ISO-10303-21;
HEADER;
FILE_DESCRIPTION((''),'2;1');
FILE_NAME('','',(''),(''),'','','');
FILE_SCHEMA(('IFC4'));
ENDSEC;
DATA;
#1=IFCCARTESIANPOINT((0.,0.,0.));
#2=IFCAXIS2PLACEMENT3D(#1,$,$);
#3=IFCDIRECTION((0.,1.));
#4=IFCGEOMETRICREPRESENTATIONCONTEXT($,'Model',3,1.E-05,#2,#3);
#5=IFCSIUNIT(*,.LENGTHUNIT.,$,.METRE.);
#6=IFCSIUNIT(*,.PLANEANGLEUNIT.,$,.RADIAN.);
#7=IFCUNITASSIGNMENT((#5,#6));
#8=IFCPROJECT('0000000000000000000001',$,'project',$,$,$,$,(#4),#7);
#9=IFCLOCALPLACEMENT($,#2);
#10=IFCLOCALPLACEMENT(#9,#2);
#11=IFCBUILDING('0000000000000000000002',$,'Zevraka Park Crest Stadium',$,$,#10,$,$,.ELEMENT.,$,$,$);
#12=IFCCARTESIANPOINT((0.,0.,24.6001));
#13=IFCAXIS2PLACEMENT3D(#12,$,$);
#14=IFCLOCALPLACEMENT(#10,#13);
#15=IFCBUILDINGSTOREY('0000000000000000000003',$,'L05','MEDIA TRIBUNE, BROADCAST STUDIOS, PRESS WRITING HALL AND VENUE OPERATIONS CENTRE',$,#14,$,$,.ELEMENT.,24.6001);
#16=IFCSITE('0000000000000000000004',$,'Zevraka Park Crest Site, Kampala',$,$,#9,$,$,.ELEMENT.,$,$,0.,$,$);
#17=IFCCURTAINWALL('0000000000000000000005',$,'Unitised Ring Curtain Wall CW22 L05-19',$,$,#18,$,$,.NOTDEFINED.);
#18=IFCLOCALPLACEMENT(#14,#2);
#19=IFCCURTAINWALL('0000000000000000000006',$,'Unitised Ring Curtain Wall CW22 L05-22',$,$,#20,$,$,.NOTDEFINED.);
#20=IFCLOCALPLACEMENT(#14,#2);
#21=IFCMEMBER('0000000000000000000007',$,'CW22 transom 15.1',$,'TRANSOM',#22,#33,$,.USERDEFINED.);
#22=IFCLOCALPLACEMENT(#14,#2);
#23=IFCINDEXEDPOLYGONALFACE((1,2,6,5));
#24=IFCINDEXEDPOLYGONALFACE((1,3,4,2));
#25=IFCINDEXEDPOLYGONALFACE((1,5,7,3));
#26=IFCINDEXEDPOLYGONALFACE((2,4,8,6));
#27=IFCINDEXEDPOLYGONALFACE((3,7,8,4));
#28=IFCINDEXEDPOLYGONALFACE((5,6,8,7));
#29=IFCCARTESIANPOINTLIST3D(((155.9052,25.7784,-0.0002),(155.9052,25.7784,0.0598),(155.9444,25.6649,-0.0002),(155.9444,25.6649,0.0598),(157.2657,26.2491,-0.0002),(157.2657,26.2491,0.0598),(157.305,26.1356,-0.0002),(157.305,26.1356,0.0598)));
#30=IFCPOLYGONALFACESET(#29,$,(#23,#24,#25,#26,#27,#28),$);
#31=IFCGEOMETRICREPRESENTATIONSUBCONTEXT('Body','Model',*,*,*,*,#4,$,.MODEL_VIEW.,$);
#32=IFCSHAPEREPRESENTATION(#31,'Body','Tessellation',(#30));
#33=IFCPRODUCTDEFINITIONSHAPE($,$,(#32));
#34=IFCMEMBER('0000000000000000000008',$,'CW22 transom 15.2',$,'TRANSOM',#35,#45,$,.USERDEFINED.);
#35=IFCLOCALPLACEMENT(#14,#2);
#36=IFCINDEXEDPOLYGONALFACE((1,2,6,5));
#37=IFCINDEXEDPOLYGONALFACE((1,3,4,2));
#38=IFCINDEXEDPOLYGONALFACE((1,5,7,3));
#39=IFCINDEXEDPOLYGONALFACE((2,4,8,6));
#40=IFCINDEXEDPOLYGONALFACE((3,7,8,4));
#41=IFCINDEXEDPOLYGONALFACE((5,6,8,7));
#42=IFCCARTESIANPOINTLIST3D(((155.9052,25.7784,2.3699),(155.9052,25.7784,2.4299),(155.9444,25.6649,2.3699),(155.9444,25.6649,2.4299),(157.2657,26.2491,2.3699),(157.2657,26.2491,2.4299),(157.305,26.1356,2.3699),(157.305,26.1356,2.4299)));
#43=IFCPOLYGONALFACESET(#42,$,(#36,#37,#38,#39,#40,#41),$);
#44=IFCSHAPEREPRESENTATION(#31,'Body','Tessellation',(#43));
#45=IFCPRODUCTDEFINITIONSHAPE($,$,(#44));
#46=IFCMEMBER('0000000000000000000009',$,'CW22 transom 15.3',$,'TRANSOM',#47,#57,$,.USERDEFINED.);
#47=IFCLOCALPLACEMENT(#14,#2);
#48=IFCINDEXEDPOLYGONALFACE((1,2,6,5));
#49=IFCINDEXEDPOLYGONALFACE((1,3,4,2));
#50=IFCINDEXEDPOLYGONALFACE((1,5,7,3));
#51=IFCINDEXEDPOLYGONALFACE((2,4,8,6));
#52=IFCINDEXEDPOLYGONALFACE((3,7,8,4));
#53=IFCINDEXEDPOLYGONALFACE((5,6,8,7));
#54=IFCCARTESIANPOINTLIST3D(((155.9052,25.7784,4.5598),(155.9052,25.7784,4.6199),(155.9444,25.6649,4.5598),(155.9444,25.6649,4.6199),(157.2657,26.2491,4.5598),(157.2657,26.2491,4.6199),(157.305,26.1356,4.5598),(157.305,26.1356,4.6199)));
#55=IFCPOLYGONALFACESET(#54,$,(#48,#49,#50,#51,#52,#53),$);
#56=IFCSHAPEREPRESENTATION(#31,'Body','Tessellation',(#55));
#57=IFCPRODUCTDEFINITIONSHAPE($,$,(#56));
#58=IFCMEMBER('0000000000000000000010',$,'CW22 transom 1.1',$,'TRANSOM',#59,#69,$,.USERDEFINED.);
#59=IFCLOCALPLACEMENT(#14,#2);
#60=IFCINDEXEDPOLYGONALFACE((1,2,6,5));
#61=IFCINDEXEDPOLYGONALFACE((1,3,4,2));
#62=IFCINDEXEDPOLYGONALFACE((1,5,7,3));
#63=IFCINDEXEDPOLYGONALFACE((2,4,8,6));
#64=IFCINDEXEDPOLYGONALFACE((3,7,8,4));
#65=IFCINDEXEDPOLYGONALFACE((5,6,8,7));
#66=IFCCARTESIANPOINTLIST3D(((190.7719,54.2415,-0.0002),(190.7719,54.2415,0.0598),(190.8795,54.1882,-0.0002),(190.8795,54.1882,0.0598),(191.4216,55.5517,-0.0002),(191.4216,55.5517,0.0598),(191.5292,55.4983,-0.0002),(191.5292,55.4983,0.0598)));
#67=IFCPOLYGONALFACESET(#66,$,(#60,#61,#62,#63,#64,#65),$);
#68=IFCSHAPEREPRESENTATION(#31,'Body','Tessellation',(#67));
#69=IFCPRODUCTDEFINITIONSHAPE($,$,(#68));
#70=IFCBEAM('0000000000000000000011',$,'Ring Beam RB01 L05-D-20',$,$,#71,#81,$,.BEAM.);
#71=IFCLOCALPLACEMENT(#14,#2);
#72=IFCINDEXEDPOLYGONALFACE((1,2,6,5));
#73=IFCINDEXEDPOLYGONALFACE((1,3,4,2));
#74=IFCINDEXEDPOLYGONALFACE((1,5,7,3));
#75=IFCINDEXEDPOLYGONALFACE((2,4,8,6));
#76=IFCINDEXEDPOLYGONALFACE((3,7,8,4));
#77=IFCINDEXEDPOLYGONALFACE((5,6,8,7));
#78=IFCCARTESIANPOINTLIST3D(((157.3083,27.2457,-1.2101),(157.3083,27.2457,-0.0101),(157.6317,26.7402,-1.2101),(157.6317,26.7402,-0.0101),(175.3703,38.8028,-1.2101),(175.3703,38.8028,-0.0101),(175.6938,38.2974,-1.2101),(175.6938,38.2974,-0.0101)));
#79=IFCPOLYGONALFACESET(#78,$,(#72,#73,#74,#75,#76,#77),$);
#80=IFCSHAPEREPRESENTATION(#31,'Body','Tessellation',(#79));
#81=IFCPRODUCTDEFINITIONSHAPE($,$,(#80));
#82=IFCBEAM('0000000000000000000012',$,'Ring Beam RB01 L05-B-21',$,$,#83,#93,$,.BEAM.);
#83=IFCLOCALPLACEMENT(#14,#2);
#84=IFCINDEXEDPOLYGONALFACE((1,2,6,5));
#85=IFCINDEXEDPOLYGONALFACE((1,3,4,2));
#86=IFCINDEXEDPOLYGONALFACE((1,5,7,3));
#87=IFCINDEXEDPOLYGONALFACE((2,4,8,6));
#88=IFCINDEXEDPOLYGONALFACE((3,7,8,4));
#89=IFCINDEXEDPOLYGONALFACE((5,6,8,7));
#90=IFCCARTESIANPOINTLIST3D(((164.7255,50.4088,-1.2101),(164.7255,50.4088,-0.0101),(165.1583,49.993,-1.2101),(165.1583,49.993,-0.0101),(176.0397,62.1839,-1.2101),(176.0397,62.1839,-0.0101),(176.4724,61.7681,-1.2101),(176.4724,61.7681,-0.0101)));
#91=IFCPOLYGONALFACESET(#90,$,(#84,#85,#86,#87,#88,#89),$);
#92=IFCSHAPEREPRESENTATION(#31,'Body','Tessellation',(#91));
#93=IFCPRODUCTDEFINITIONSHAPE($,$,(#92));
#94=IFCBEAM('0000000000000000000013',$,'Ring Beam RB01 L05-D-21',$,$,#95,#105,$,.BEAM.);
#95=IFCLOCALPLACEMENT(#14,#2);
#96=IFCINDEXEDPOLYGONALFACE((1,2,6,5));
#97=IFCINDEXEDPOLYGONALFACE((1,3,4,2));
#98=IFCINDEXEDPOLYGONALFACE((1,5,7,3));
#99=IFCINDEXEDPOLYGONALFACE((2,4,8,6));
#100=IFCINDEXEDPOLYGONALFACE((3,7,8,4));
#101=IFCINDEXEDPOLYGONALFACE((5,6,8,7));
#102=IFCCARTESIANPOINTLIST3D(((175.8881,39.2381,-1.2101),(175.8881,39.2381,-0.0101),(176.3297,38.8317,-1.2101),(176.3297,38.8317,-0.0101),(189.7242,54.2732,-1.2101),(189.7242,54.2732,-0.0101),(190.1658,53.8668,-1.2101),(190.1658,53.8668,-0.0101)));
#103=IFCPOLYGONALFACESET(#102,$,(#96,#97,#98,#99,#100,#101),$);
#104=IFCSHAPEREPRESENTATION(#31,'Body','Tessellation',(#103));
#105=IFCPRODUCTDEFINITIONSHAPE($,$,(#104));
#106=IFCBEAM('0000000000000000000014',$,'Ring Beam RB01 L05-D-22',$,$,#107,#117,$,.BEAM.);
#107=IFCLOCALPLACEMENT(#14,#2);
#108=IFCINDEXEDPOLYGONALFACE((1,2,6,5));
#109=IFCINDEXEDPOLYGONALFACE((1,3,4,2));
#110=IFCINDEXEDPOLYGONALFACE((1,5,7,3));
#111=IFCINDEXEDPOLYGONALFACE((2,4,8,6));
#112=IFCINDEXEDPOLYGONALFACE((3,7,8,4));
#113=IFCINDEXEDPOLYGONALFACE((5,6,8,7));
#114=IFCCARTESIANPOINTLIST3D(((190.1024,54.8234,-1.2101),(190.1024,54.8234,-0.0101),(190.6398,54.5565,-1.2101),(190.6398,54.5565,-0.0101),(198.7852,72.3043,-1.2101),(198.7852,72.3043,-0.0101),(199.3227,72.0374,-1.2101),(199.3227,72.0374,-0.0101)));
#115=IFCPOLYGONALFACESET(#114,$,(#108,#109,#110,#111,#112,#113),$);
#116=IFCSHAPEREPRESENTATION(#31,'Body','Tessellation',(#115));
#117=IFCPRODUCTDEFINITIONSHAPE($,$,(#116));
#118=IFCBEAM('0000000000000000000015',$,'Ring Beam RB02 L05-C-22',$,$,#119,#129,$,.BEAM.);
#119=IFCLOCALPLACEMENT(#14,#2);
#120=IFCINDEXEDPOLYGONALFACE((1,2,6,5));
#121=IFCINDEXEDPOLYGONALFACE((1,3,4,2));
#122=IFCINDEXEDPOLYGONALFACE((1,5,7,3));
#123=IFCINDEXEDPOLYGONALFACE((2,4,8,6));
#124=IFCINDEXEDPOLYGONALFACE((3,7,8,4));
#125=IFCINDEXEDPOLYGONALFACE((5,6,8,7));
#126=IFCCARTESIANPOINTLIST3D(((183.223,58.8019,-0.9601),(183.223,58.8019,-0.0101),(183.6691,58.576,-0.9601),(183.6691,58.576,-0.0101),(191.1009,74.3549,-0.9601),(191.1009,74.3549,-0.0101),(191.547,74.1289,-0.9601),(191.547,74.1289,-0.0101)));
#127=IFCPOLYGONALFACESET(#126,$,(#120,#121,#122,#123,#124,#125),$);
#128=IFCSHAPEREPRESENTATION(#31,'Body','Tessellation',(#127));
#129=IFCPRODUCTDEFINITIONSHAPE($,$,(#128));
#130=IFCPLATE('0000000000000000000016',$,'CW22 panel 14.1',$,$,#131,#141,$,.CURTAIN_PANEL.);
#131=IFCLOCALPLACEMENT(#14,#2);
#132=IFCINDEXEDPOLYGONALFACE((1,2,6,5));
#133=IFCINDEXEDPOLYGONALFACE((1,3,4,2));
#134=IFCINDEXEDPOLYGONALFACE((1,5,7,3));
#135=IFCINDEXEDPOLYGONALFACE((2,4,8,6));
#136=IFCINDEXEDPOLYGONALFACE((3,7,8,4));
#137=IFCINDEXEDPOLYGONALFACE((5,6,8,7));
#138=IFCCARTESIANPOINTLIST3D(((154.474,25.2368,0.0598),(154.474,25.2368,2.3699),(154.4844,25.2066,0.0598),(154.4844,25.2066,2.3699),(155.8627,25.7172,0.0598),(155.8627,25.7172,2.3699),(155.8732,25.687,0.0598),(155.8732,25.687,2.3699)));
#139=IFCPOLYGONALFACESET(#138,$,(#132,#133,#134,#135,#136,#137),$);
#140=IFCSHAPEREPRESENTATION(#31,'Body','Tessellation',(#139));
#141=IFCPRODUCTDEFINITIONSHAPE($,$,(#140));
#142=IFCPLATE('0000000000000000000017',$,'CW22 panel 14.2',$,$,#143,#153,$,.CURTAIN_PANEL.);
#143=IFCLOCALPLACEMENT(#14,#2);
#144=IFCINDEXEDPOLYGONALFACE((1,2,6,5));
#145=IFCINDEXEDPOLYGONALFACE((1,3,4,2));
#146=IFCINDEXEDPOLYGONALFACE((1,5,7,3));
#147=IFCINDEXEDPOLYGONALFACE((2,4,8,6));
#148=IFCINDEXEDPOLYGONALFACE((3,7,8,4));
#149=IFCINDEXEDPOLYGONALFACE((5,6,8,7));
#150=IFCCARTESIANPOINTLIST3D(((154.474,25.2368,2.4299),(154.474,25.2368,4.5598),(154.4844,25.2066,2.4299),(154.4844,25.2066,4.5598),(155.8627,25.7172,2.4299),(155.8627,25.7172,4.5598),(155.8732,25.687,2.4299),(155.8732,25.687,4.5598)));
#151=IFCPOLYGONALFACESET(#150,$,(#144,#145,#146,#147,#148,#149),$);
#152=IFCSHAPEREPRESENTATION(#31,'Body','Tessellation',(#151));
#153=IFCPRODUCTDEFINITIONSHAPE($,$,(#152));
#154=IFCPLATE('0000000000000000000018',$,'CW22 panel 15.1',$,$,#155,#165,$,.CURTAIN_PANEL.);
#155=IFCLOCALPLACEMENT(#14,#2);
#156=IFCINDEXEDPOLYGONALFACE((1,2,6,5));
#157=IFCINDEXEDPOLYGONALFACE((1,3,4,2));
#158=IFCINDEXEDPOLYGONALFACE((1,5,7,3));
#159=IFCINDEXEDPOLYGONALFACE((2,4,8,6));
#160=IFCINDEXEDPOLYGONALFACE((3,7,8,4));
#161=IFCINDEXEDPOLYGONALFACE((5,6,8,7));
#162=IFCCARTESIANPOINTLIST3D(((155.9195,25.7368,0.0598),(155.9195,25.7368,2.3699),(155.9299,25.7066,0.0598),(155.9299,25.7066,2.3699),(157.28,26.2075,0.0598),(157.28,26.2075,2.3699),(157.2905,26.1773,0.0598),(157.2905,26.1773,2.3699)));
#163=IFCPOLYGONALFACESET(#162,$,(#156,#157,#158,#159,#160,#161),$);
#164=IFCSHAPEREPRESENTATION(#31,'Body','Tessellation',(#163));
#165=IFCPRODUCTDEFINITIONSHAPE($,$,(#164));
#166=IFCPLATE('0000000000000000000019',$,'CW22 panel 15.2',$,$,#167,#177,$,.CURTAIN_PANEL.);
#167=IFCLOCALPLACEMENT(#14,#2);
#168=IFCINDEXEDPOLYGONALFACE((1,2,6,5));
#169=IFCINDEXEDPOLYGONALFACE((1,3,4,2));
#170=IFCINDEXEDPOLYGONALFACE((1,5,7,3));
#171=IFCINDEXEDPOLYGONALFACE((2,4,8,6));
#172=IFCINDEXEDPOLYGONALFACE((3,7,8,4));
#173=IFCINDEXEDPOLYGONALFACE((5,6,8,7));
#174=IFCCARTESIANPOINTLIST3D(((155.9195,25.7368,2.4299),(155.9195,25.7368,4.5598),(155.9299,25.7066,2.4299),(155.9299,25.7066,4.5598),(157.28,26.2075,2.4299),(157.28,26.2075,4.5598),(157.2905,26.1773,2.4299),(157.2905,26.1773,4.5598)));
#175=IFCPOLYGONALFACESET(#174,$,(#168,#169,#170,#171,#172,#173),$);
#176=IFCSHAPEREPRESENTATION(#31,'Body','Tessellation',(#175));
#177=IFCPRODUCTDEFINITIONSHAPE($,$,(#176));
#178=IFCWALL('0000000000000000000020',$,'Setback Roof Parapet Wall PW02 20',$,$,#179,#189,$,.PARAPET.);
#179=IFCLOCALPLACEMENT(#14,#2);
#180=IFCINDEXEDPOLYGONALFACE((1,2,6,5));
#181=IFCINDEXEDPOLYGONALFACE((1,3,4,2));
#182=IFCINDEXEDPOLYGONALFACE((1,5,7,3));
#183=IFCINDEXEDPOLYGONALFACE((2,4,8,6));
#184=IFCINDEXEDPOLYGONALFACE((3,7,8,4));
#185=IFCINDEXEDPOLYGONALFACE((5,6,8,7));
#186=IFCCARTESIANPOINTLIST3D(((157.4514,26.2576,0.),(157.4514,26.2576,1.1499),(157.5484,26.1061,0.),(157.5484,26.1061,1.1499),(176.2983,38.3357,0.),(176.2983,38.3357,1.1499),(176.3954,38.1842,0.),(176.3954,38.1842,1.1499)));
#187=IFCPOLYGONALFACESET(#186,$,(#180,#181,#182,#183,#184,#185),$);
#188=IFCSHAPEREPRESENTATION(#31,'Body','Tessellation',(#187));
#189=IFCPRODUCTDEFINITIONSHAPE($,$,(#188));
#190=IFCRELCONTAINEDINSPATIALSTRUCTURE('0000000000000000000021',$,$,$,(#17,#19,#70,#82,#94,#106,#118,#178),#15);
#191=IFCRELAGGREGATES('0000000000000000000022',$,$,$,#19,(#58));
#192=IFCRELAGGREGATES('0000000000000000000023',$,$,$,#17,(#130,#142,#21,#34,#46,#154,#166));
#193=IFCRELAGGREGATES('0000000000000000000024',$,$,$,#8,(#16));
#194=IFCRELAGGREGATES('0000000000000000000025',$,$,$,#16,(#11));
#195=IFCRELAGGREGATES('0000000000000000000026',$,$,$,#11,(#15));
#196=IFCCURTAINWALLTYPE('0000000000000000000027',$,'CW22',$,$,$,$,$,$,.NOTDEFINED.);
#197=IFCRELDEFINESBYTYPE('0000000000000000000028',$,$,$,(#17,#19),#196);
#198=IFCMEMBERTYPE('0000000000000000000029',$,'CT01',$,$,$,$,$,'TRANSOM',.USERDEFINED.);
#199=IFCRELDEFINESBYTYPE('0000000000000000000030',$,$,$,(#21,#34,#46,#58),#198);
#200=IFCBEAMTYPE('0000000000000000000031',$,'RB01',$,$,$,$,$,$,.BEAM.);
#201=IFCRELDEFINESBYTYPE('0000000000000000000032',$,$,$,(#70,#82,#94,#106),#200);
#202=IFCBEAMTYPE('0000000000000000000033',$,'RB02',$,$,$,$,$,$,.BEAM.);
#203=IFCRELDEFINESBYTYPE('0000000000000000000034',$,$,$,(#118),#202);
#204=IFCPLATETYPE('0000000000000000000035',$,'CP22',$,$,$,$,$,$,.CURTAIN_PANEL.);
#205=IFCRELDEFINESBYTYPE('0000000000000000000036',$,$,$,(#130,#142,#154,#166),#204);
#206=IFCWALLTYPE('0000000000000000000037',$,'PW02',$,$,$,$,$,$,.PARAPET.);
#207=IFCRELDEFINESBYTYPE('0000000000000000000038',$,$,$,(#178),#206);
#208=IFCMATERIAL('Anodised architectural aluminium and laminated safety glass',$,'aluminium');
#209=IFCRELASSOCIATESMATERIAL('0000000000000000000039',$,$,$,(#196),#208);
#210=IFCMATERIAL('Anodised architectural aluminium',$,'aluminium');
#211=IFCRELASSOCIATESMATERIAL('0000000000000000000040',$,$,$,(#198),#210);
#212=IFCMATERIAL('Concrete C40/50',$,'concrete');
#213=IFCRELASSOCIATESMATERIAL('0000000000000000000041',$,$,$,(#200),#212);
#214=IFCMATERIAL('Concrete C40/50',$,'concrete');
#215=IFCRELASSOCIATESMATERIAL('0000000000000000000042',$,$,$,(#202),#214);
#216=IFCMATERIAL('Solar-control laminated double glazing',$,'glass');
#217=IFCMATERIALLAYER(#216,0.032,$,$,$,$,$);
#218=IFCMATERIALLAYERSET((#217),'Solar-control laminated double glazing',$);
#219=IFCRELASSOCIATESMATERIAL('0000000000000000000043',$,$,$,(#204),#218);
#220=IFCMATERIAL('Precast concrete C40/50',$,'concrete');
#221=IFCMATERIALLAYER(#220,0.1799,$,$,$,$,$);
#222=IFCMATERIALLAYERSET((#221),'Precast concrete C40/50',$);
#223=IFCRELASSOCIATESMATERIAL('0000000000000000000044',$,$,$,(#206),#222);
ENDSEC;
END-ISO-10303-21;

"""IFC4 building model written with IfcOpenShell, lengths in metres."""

from ifc_helpers import new_model, si_unit, direction, frame, frame_2d, origin, origin_2d, place, context, subcontext, project, spatial, rectangle, extrude, material, layer, layer_set, material_profile, profile_set, type_object, element, aggregate, save


model = new_model("IFC4")

# Units and contexts
model_context = context("Model", 3, precision=1e-05, world=origin(), true_north=direction((0.0, 1.0)))
body_context = subcontext(model_context, "Body", "Model", "MODEL_VIEW")
ifc_project = project(units=[si_unit("LENGTHUNIT", "METRE"), si_unit("PLANEANGLEUNIT", "RADIAN")], contexts=[model_context])

# Site, building, storey
site_placement = place(None, origin())
site = spatial("IfcSite", under=ifc_project, at=site_placement, Name="Zevraka Park Crest Site, Kampala", CompositionType="ELEMENT", RefElevation=0.0)
building_placement = place(site_placement, origin())
building = spatial("IfcBuilding", under=site, at=building_placement, Name="Zevraka Park Crest Stadium", CompositionType="ELEMENT")
storey_placement = place(building_placement, frame((0.0, 0.0, 24.6001)))
storey = spatial("IfcBuildingStorey", under=building, at=storey_placement, Name="L05", Description="MEDIA TRIBUNE, BROADCAST STUDIOS, PRESS WRITING HALL AND VENUE OPERATIONS CENTRE", CompositionType="ELEMENT", Elevation=24.6001)

# Curtain wall
ifc_material_1 = material(Name="Anodised architectural aluminium and laminated safety glass", Category="aluminium")
curtain_wall_type = type_object("IfcCurtainWallType", Name="CW22", PredefinedType="NOTDEFINED", material=ifc_material_1)
curtain_wall_1_placement = place(storey_placement, origin())
curtain_wall_1 = element("IfcCurtainWall", 1, at=curtain_wall_1_placement, inside=storey, type_object=curtain_wall_type, Name="Unitised Ring Curtain Wall CW22 L05-19", PredefinedType="NOTDEFINED")

# Curtain wall
curtain_wall_2_placement = place(storey_placement, origin())
curtain_wall_2 = element("IfcCurtainWall", 2, at=curtain_wall_2_placement, inside=storey, type_object=curtain_wall_type, Name="Unitised Ring Curtain Wall CW22 L05-22", PredefinedType="NOTDEFINED")

# Members
ifc_material_2 = material(Name="Anodised architectural aluminium", Category="aluminium")
ifc_material_profile_1 = material_profile(ifc_material_2, rectangle(XDim=0.1201, YDim=0.0601, at=origin_2d()), Name="ALU TRANSOM 120x60")
ifc_profile_set_1 = profile_set([ifc_material_profile_1], Name="Anodised architectural aluminium")
member_type_1 = type_object("IfcMemberType", Name="CT01", ElementType="TRANSOM", PredefinedType="USERDEFINED", material=ifc_profile_set_1)
member_1_placement = place(storey_placement, frame((155.9248, 25.7217, 0.0298), z_axis=(0.945045, 0.326942, 0.0), x_axis=(-0.326942, 0.945045, 0.0)))
member_1 = element("IfcMember", 3, at=member_1_placement, type_object=member_type_1, Name="CW22 transom 15.1", ObjectType="TRANSOM", PredefinedType="USERDEFINED", context=body_context, shape_type="SweptSolid", body=[
    extrude(rectangle(XDim=0.1201, YDim=0.0601, at=origin_2d()), origin(), (0.0, 0.0, 1.0), 1.4397),
])
member_2_placement = place(storey_placement, frame((155.9248, 25.7217, 2.3999), z_axis=(0.945045, 0.326942, 0.0), x_axis=(-0.326942, 0.945045, 0.0)))
member_2 = element("IfcMember", 4, at=member_2_placement, type_object=member_type_1, Name="CW22 transom 15.2", ObjectType="TRANSOM", PredefinedType="USERDEFINED", context=body_context, shape_type="SweptSolid", body=[
    extrude(rectangle(XDim=0.1201, YDim=0.0601, at=origin_2d()), origin(), (0.0, 0.0, 1.0), 1.4397),
])
member_3_placement = place(storey_placement, frame((155.9248, 25.7217, 4.5898), z_axis=(0.945045, 0.326942, 0.0), x_axis=(-0.326942, 0.945045, 0.0)))
member_3 = element("IfcMember", 5, at=member_3_placement, type_object=member_type_1, Name="CW22 transom 15.3", ObjectType="TRANSOM", PredefinedType="USERDEFINED", context=body_context, shape_type="SweptSolid", body=[
    extrude(rectangle(XDim=0.1201, YDim=0.0601, at=origin_2d()), origin(), (0.0, 0.0, 1.0), 1.4397),
])
member_4_placement = place(storey_placement, frame((190.8257, 54.2148, 0.0298), z_axis=(0.444273, 0.895892, 0.0), x_axis=(-0.895892, 0.444273, 0.0)))
member_4 = element("IfcMember", 6, at=member_4_placement, type_object=member_type_1, Name="CW22 transom 1.1", ObjectType="TRANSOM", PredefinedType="USERDEFINED", context=body_context, shape_type="SweptSolid", body=[
    extrude(rectangle(XDim=0.1201, YDim=0.0601, at=origin_2d()), origin(), (0.0, 0.0, 1.0), 1.4624),
])
aggregate(curtain_wall_2, [member_4])

# Beams
ifc_material_3 = material(Name="Concrete C40/50", Category="concrete")
ifc_material_profile_2 = material_profile(ifc_material_3, rectangle(XDim=0.6001, YDim=1.2, at=origin_2d()), Name="RC 1200x600")
ifc_profile_set_2 = profile_set([ifc_material_profile_2], Name="Concrete C40/50")
beam_type_1 = type_object("IfcBeamType", Name="RB01", PredefinedType="BEAM", material=ifc_profile_set_2)
beam_1_placement = place(storey_placement, frame((157.47, 26.9929, -0.6101), z_axis=(0.842326, 0.538969, 0.0), x_axis=(-0.538969, 0.842326, 0.0)))
element("IfcBeam", 7, at=beam_1_placement, inside=storey, type_object=beam_type_1, Name="Ring Beam RB01 L05-D-20", PredefinedType="BEAM", context=body_context, shape_type="SweptSolid", body=[
    extrude(rectangle(XDim=0.6001, YDim=1.2, at=origin_2d()), origin(), (0.0, 0.0, 1.0), 21.4431),
])
beam_2_placement = place(storey_placement, frame((164.9419, 50.2009, -0.6101), z_axis=(0.692853, 0.721079, 0.0), x_axis=(-0.721079, 0.692853, 0.0)))
element("IfcBeam", 8, at=beam_2_placement, inside=storey, type_object=beam_type_1, Name="Ring Beam RB01 L05-B-21", PredefinedType="BEAM", context=body_context, shape_type="SweptSolid", body=[
    extrude(rectangle(XDim=0.6001, YDim=1.2, at=origin_2d()), origin(), (0.0, 0.0, 1.0), 16.3298),
])
beam_3_placement = place(storey_placement, frame((176.1089, 39.0349, -0.6101), z_axis=(0.677158, 0.735837, 0.0), x_axis=(-0.735837, 0.677158, 0.0)))
element("IfcBeam", 9, at=beam_3_placement, inside=storey, type_object=beam_type_1, Name="Ring Beam RB01 L05-D-21", PredefinedType="BEAM", context=body_context, shape_type="SweptSolid", body=[
    extrude(rectangle(XDim=0.6001, YDim=1.2, at=origin_2d()), origin(), (0.0, 0.0, 1.0), 20.4326),
])
beam_4_placement = place(storey_placement, frame((190.3711, 54.6899, -0.6101), z_axis=(0.444851, 0.895605, 0.0), x_axis=(-0.895605, 0.444851, 0.0)))
element("IfcBeam", 10, at=beam_4_placement, inside=storey, type_object=beam_type_1, Name="Ring Beam RB01 L05-D-22", PredefinedType="BEAM", context=body_context, shape_type="SweptSolid", body=[
    extrude(rectangle(XDim=0.6001, YDim=1.2, at=origin_2d()), origin(), (0.0, 0.0, 1.0), 19.5186),
])
ifc_material_4 = material(Name="Concrete C40/50", Category="concrete")
ifc_material_profile_3 = material_profile(ifc_material_4, rectangle(XDim=0.5, YDim=0.95, at=origin_2d()), Name="RC 950x500")
ifc_profile_set_3 = profile_set([ifc_material_profile_3], Name="Concrete C40/50")
beam_type_2 = type_object("IfcBeamType", Name="RB02", PredefinedType="BEAM", material=ifc_profile_set_3)
beam_5_placement = place(storey_placement, frame((183.446, 58.689, -0.4851), z_axis=(0.451862, 0.892088, 0.0), x_axis=(-0.892088, 0.451862, 0.0)))
element("IfcBeam", 11, at=beam_5_placement, inside=storey, type_object=beam_type_2, Name="Ring Beam RB02 L05-C-22", PredefinedType="BEAM", context=body_context, shape_type="SweptSolid", body=[
    extrude(rectangle(XDim=0.5, YDim=0.95, at=origin_2d()), origin(), (0.0, 0.0, 1.0), 17.4343),
])

# Plates
ifc_material_5 = material(Name="Solar-control laminated double glazing", Category="glass")
ifc_layer_1 = layer(ifc_material_5, 0.032)
ifc_layer_set_1 = layer_set([ifc_layer_1], Name="Solar-control laminated double glazing")
plate_type = type_object("IfcPlateType", Name="CP22", PredefinedType="CURTAIN_PANEL", material=ifc_layer_set_1)
plate_1_placement = place(storey_placement, frame((155.1736, 25.4619, 0.0598), z_axis=(0.0, 0.0, 1.0), x_axis=(0.945049, 0.326929, 0.0)))
plate_1 = element("IfcPlate", 12, at=plate_1_placement, type_object=plate_type, Name="CW22 panel 14.1", PredefinedType="CURTAIN_PANEL", context=body_context, shape_type="SweptSolid", body=[
    extrude(rectangle(XDim=1.4695, YDim=0.032, at=origin_2d()), origin(), (0.0, 0.0, 1.0), 2.3101),
])
plate_2_placement = place(storey_placement, frame((155.1736, 25.4619, 2.4299), z_axis=(0.0, 0.0, 1.0), x_axis=(0.945049, 0.326929, 0.0)))
plate_2 = element("IfcPlate", 13, at=plate_2_placement, type_object=plate_type, Name="CW22 panel 14.2", PredefinedType="CURTAIN_PANEL", context=body_context, shape_type="SweptSolid", body=[
    extrude(rectangle(XDim=1.4695, YDim=0.032, at=origin_2d()), origin(), (0.0, 0.0, 1.0), 2.1299),
])
plate_3_placement = place(storey_placement, frame((156.605, 25.957, 0.0598), z_axis=(0.0, 0.0, 1.0), x_axis=(0.945049, 0.326929, 0.0)))
plate_3 = element("IfcPlate", 14, at=plate_3_placement, type_object=plate_type, Name="CW22 panel 15.1", PredefinedType="CURTAIN_PANEL", context=body_context, shape_type="SweptSolid", body=[
    extrude(rectangle(XDim=1.4397, YDim=0.032, at=origin_2d()), origin(), (0.0, 0.0, 1.0), 2.3101),
])
plate_4_placement = place(storey_placement, frame((156.605, 25.957, 2.4299), z_axis=(0.0, 0.0, 1.0), x_axis=(0.945049, 0.326929, 0.0)))
plate_4 = element("IfcPlate", 15, at=plate_4_placement, type_object=plate_type, Name="CW22 panel 15.2", PredefinedType="CURTAIN_PANEL", context=body_context, shape_type="SweptSolid", body=[
    extrude(rectangle(XDim=1.4397, YDim=0.032, at=origin_2d()), origin(), (0.0, 0.0, 1.0), 2.1299),
])
aggregate(curtain_wall_1, [plate_1, plate_2, member_1, member_2, member_3, plate_3, plate_4])

# Wall
ifc_material_6 = material(Name="Precast concrete C40/50", Category="concrete")
ifc_layer_2 = layer(ifc_material_6, 0.1799)
ifc_layer_set_2 = layer_set([ifc_layer_2], Name="Precast concrete C40/50")
wall_type = type_object("IfcWallType", Name="PW02", PredefinedType="PARAPET", material=ifc_layer_set_2)
wall_1_placement = place(storey_placement, frame((157.5, 26.1819, 0.0), z_axis=(0.0, 0.0, 1.0), x_axis=(0.841945, 0.539564, 0.0)))
element("IfcWall", 16, at=wall_1_placement, inside=storey, type_object=wall_type, Name="Setback Roof Parapet Wall PW02 20", PredefinedType="PARAPET", context=body_context, shape_type="SweptSolid", body=[
    extrude(rectangle(XDim=22.385, YDim=0.1799, at=frame_2d((11.1924, 0.0))), origin(), (0.0, 0.0, 1.0), 1.1499),
])

save(model, "model.ifc")
